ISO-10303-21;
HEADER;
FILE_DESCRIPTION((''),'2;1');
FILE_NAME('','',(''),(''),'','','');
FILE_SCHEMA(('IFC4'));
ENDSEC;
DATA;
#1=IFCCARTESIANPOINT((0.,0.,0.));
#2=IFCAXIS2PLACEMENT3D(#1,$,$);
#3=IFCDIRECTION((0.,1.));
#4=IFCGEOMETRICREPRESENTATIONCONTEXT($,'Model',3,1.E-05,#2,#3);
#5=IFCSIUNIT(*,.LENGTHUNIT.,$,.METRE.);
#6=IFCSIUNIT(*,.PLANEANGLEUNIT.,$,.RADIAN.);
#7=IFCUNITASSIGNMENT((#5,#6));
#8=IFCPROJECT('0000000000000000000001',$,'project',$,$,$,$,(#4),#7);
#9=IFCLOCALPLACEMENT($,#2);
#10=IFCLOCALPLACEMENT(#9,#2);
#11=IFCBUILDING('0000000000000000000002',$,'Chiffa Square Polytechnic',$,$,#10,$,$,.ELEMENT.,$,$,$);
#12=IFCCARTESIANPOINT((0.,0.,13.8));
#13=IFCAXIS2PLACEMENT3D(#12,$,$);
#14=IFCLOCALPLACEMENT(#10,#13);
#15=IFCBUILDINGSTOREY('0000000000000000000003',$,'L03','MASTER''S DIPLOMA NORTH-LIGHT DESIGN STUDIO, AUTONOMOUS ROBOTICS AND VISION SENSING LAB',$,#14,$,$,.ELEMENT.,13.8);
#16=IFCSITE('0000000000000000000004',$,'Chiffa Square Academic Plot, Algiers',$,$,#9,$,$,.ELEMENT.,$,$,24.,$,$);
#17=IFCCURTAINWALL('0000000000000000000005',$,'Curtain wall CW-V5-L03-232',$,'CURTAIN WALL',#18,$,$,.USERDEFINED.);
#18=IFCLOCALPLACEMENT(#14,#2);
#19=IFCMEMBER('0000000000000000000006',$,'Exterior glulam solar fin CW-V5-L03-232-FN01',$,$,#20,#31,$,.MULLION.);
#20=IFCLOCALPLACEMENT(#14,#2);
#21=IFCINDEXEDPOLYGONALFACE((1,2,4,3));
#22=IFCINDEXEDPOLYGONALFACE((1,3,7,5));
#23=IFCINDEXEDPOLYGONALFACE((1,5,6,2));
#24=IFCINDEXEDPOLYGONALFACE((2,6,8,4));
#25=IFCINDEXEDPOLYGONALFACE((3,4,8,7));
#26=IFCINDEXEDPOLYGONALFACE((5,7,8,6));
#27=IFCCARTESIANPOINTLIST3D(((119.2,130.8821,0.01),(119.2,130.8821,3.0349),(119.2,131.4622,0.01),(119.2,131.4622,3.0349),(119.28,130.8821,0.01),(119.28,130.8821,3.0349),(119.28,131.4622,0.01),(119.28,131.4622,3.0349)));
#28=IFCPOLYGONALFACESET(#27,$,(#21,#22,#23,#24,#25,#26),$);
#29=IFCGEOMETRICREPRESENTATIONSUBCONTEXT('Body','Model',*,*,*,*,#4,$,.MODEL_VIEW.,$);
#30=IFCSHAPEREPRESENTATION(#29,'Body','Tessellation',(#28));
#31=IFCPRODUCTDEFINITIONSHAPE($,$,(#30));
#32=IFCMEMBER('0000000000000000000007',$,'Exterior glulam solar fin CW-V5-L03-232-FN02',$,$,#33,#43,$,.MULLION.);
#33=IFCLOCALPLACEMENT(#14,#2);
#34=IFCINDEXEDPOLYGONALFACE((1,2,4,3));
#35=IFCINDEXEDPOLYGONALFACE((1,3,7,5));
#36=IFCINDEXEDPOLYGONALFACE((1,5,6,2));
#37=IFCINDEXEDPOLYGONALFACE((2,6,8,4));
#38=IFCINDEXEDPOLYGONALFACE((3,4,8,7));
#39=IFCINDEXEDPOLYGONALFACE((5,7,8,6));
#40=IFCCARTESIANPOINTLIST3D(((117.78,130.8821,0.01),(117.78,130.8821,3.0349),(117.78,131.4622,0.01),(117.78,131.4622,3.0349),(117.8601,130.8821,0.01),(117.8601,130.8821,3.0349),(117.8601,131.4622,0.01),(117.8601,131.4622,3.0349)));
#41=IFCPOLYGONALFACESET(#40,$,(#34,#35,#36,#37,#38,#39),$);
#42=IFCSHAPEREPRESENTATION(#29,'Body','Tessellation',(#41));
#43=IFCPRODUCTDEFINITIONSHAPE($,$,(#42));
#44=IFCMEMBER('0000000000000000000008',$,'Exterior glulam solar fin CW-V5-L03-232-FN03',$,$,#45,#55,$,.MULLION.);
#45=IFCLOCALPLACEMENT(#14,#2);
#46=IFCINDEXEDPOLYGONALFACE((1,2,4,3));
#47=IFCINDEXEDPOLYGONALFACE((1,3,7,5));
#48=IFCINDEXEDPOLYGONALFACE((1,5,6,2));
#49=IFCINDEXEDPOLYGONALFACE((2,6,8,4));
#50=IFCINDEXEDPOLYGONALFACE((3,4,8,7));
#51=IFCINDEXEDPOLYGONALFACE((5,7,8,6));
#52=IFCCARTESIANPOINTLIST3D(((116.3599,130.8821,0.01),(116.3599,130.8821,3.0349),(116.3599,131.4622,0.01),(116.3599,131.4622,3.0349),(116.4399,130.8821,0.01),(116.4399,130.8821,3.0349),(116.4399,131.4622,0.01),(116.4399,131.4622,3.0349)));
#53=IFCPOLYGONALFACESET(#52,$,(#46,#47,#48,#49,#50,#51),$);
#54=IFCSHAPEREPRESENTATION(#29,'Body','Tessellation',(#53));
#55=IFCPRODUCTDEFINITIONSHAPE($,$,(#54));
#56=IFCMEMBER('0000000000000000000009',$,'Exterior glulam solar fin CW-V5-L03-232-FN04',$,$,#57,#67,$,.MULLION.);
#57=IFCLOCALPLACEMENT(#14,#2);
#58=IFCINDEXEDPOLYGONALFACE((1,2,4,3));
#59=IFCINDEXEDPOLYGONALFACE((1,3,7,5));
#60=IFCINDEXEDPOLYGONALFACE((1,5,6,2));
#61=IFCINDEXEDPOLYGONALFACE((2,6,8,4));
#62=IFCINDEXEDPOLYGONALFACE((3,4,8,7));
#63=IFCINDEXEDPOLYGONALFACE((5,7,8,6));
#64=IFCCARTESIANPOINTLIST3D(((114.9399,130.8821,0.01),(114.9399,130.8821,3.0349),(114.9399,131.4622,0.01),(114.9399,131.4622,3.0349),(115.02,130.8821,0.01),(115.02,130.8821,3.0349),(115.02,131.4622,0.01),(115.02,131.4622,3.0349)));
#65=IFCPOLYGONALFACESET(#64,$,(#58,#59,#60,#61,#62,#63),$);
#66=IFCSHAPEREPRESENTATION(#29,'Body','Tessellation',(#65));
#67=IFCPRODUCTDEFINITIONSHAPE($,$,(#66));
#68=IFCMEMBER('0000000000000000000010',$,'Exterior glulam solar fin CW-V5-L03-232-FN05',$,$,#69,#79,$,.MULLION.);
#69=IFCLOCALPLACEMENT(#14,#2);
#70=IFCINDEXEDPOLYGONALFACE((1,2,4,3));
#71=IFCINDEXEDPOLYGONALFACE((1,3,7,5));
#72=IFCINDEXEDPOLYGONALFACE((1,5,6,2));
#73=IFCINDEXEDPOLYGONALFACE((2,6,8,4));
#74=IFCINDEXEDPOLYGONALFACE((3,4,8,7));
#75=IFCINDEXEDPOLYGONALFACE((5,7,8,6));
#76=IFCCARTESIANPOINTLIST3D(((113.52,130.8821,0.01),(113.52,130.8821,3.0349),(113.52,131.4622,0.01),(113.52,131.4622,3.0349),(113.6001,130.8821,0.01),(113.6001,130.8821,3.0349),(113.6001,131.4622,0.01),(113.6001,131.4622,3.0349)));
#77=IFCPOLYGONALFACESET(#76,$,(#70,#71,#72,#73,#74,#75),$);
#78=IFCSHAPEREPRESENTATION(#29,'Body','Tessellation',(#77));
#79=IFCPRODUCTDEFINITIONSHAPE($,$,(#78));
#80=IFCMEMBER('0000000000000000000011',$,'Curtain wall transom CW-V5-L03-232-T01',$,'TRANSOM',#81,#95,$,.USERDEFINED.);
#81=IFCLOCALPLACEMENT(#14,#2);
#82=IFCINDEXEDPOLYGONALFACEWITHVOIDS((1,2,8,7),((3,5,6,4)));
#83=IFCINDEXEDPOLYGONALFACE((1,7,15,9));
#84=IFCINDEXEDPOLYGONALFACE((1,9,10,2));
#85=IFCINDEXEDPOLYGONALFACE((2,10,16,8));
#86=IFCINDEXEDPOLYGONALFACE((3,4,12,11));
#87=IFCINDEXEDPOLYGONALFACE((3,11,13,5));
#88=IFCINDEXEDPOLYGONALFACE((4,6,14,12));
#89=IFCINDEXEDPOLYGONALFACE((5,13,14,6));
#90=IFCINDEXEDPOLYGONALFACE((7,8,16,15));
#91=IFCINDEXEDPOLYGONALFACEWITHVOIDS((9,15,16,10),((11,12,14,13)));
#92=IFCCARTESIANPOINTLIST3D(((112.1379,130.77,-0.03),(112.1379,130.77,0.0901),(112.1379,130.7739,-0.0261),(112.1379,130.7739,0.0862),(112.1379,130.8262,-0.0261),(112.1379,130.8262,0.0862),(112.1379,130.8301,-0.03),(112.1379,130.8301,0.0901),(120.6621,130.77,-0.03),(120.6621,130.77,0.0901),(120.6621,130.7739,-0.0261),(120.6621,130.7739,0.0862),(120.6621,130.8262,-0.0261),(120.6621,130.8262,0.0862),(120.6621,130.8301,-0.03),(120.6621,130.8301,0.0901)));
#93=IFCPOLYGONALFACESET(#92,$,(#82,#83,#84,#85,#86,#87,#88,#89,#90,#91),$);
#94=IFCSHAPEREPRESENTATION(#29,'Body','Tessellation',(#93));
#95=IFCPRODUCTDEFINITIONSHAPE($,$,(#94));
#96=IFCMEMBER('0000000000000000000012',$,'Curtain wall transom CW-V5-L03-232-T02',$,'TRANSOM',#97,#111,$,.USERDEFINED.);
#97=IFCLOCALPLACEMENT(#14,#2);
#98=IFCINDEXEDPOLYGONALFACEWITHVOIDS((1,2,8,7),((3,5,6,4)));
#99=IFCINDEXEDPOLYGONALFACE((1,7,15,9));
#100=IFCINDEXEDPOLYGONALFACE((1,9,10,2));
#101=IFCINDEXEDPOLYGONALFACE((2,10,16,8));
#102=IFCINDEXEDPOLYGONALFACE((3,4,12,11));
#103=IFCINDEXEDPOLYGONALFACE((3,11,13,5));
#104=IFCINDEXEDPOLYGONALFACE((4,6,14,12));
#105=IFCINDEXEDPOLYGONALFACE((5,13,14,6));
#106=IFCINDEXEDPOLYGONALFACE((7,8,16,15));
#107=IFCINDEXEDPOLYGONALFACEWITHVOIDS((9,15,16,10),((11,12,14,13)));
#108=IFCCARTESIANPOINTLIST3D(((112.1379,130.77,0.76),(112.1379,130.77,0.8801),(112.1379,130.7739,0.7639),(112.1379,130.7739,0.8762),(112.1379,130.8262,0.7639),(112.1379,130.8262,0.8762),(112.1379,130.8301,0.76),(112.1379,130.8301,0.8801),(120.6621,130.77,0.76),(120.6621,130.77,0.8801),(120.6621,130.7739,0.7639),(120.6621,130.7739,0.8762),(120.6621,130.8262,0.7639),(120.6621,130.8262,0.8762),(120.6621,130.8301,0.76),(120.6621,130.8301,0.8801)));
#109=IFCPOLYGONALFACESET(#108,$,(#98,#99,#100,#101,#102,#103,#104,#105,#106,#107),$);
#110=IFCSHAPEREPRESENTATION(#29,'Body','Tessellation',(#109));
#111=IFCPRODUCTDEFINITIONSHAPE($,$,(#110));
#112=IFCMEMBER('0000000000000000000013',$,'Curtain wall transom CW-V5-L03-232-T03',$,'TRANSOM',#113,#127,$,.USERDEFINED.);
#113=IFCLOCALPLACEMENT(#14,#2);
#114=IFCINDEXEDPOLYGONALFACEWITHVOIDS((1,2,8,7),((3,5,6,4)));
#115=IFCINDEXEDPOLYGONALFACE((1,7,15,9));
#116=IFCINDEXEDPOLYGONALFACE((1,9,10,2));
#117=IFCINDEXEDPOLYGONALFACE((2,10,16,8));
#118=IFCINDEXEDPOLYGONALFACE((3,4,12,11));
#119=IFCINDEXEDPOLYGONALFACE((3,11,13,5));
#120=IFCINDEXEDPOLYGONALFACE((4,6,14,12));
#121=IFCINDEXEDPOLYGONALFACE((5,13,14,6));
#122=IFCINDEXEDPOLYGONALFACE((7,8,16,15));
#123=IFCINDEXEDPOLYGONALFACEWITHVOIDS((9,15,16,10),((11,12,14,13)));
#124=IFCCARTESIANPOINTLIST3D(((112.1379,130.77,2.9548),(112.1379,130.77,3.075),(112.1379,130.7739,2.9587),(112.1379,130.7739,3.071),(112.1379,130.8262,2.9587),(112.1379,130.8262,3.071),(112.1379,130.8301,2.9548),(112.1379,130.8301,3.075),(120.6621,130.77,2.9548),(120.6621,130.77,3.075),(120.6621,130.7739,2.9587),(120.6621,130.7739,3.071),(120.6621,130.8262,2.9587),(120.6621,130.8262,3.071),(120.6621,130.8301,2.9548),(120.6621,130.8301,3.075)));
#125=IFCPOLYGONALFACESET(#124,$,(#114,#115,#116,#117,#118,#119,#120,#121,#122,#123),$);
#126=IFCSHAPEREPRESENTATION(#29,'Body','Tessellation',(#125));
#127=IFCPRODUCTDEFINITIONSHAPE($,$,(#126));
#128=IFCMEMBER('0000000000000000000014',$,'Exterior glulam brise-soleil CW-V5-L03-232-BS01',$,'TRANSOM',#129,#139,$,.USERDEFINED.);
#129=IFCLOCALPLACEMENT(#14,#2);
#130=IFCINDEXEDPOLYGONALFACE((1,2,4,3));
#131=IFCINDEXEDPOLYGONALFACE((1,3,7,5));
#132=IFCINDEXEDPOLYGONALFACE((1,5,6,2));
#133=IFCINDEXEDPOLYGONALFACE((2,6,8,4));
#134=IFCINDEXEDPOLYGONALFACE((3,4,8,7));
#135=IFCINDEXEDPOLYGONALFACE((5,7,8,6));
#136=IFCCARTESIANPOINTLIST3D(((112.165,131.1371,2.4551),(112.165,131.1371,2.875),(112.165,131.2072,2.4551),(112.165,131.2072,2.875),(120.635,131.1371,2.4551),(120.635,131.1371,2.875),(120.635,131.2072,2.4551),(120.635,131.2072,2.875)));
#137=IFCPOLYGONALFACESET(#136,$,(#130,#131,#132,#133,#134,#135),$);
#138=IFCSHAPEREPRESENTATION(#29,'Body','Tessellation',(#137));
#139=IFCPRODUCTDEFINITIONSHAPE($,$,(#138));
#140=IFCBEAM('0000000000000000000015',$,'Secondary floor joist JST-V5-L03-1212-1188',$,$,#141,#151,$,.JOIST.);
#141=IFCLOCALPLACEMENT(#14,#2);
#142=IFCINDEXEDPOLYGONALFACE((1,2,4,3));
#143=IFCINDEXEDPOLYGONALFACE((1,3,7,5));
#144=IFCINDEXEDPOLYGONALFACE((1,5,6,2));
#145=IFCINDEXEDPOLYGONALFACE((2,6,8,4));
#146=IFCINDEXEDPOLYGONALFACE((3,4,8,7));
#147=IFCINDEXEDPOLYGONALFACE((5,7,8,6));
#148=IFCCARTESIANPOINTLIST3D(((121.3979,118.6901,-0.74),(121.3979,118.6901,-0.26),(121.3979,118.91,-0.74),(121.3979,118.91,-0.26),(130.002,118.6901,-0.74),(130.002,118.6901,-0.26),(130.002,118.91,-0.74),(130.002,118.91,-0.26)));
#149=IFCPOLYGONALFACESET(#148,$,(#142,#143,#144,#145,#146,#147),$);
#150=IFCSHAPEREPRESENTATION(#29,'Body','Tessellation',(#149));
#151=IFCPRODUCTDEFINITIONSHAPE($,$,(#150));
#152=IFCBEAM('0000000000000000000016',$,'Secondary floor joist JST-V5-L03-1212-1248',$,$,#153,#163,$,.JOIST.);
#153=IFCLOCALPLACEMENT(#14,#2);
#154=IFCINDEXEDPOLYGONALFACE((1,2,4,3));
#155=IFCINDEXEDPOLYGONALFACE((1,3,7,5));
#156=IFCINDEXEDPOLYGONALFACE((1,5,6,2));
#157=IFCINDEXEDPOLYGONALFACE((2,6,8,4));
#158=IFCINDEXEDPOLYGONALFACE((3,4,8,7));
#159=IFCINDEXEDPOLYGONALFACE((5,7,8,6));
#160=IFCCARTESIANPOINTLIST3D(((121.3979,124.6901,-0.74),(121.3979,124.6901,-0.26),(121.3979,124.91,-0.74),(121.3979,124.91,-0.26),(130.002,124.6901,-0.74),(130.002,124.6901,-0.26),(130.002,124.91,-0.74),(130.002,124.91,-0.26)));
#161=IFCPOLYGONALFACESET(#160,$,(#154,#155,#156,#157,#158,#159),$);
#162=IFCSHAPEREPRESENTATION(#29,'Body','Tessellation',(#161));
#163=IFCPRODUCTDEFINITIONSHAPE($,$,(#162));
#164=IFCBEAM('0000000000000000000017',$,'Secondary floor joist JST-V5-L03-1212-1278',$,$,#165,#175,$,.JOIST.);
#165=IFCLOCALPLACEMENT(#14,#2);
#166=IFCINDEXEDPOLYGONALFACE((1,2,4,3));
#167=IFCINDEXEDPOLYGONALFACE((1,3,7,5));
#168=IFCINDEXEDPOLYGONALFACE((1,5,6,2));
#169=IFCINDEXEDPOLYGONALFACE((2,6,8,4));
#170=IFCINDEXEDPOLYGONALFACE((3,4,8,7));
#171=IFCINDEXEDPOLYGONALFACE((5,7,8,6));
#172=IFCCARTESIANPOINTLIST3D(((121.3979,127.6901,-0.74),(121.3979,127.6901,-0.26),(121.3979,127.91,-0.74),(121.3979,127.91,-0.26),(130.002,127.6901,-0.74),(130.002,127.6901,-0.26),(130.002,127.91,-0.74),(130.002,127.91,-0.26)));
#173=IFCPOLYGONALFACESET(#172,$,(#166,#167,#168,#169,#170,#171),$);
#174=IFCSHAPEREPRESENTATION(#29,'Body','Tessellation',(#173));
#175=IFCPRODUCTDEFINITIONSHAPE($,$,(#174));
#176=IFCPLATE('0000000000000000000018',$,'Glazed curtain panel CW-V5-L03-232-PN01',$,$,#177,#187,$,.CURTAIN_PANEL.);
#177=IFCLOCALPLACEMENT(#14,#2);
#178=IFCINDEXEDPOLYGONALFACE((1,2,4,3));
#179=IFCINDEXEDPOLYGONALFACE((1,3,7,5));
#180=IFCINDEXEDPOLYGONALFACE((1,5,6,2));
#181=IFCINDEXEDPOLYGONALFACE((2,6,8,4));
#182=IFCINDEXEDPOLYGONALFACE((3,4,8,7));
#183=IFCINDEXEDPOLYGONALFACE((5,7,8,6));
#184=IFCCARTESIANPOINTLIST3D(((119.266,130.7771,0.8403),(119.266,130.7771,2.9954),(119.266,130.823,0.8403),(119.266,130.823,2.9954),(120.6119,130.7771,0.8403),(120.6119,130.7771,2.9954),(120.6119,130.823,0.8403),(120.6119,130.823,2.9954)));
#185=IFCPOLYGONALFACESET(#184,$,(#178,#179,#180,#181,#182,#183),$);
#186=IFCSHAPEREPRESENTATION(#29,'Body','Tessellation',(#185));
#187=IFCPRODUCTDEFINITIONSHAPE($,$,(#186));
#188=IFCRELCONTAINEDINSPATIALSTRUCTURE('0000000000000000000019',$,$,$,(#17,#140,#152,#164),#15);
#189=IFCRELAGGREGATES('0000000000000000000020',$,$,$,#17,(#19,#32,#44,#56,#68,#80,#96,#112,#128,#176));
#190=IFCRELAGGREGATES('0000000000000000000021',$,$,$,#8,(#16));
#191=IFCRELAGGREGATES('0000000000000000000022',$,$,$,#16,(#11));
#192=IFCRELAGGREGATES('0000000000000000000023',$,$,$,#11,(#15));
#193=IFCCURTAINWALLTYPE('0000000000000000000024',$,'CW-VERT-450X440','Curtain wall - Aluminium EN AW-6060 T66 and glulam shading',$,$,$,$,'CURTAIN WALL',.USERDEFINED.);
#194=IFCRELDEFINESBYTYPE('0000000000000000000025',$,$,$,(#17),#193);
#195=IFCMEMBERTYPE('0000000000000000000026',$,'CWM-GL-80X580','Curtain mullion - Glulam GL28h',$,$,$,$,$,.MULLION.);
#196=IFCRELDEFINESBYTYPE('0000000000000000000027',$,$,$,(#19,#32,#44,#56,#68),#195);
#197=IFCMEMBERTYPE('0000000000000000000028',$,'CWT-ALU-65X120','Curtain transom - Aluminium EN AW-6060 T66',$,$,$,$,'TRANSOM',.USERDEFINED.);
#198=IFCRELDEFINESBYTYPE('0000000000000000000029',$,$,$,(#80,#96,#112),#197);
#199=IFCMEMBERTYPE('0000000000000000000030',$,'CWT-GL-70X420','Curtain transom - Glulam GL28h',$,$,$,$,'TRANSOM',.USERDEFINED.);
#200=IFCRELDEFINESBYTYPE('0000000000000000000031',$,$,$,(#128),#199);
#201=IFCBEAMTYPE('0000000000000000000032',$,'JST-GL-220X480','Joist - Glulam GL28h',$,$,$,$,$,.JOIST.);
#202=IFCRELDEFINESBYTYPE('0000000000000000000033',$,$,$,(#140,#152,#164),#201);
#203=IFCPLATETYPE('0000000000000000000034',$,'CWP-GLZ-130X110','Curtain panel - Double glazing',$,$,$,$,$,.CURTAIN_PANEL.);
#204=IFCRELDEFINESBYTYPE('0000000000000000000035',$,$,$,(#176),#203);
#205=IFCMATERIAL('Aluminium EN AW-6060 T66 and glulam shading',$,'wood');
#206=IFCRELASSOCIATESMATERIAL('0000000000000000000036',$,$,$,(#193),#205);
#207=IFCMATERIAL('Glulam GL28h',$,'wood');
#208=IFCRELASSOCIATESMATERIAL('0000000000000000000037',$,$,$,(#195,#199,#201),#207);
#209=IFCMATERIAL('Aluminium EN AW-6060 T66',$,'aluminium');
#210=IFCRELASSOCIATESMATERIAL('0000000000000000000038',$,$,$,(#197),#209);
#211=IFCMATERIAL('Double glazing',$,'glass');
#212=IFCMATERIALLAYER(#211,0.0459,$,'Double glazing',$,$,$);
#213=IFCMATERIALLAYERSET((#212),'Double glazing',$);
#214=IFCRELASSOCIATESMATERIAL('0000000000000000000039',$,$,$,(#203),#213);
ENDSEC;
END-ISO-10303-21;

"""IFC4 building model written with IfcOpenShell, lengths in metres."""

from ifc_helpers import new_model, si_unit, direction, frame, origin, origin_2d, place, context, subcontext, project, spatial, rectangle, hollow_rectangle, extrude, material, layer, layer_set, material_profile, profile_set, type_object, element, aggregate, save


model = new_model("IFC4")

# Units and contexts
model_context = context("Model", 3, precision=1e-05, world=origin(), true_north=direction((0.0, 1.0)))
body_context = subcontext(model_context, "Body", "Model", "MODEL_VIEW")
ifc_project = project(units=[si_unit("LENGTHUNIT", "METRE"), si_unit("PLANEANGLEUNIT", "RADIAN")], contexts=[model_context])

# Site, building, storey
site_placement = place(None, origin())
site = spatial("IfcSite", under=ifc_project, at=site_placement, Name="Chiffa Square Academic Plot, Algiers", CompositionType="ELEMENT", RefElevation=24.0)
building_placement = place(site_placement, origin())
building = spatial("IfcBuilding", under=site, at=building_placement, Name="Chiffa Square Polytechnic", CompositionType="ELEMENT")
storey_placement = place(building_placement, frame((0.0, 0.0, 13.8)))
storey = spatial("IfcBuildingStorey", under=building, at=storey_placement, Name="L03", Description="MASTER'S DIPLOMA NORTH-LIGHT DESIGN STUDIO, AUTONOMOUS ROBOTICS AND VISION SENSING LAB", CompositionType="ELEMENT", Elevation=13.8)

# Curtain wall, members
ifc_material_1 = material(Name="Aluminium EN AW-6060 T66 and glulam shading", Category="wood")
curtain_wall_type = type_object("IfcCurtainWallType", Name="CW-VERT-450X440", Description="Curtain wall - Aluminium EN AW-6060 T66 and glulam shading", ElementType="CURTAIN WALL", PredefinedType="USERDEFINED", material=ifc_material_1)
curtain_wall_placement = place(storey_placement, origin())
curtain_wall = element("IfcCurtainWall", 1, at=curtain_wall_placement, inside=storey, type_object=curtain_wall_type, Name="Curtain wall CW-V5-L03-232", ObjectType="CURTAIN WALL", PredefinedType="USERDEFINED")
ifc_material_2 = material(Name="Aluminium EN AW-6060 T66", Category="aluminium")
ifc_material_3 = material(Name="Glulam GL28h", Category="wood")
ifc_material_profile_1 = material_profile(ifc_material_3, rectangle(XDim=0.0801, YDim=0.5801, at=origin_2d()), Name="GL28h 80x580")
ifc_profile_set_1 = profile_set([ifc_material_profile_1], Name="Glulam GL28h")
member_type_1 = type_object("IfcMemberType", Name="CWM-GL-80X580", Description="Curtain mullion - Glulam GL28h", PredefinedType="MULLION", material=ifc_profile_set_1)
member_1_placement = place(storey_placement, frame((119.24, 131.1721, 0.01), z_axis=(0.0, 0.0, 1.0), x_axis=(-1.0, 0.0, 0.0)))
member_1 = element("IfcMember", 2, at=member_1_placement, type_object=member_type_1, Name="Exterior glulam solar fin CW-V5-L03-232-FN01", PredefinedType="MULLION", context=body_context, shape_type="SweptSolid", body=[
    extrude(rectangle(XDim=0.0801, YDim=0.5801, at=origin_2d()), origin(), (0.0, 0.0, 1.0), 3.0249),
])
member_2_placement = place(storey_placement, frame((117.8201, 131.1721, 0.01), z_axis=(0.0, 0.0, 1.0), x_axis=(-1.0, 0.0, 0.0)))
member_2 = element("IfcMember", 3, at=member_2_placement, type_object=member_type_1, Name="Exterior glulam solar fin CW-V5-L03-232-FN02", PredefinedType="MULLION", context=body_context, shape_type="SweptSolid", body=[
    extrude(rectangle(XDim=0.0801, YDim=0.5801, at=origin_2d()), origin(), (0.0, 0.0, 1.0), 3.0249),
])
member_3_placement = place(storey_placement, frame((116.3999, 131.1721, 0.01), z_axis=(0.0, 0.0, 1.0), x_axis=(-1.0, 0.0, 0.0)))
member_3 = element("IfcMember", 4, at=member_3_placement, type_object=member_type_1, Name="Exterior glulam solar fin CW-V5-L03-232-FN03", PredefinedType="MULLION", context=body_context, shape_type="SweptSolid", body=[
    extrude(rectangle(XDim=0.0801, YDim=0.5801, at=origin_2d()), origin(), (0.0, 0.0, 1.0), 3.0249),
])
member_4_placement = place(storey_placement, frame((114.98, 131.1721, 0.01), z_axis=(0.0, 0.0, 1.0), x_axis=(-1.0, 0.0, 0.0)))
member_4 = element("IfcMember", 5, at=member_4_placement, type_object=member_type_1, Name="Exterior glulam solar fin CW-V5-L03-232-FN04", PredefinedType="MULLION", context=body_context, shape_type="SweptSolid", body=[
    extrude(rectangle(XDim=0.0801, YDim=0.5801, at=origin_2d()), origin(), (0.0, 0.0, 1.0), 3.0249),
])
member_5_placement = place(storey_placement, frame((113.5601, 131.1721, 0.01), z_axis=(0.0, 0.0, 1.0), x_axis=(-1.0, 0.0, 0.0)))
member_5 = element("IfcMember", 6, at=member_5_placement, type_object=member_type_1, Name="Exterior glulam solar fin CW-V5-L03-232-FN05", PredefinedType="MULLION", context=body_context, shape_type="SweptSolid", body=[
    extrude(rectangle(XDim=0.0801, YDim=0.5801, at=origin_2d()), origin(), (0.0, 0.0, 1.0), 3.0249),
])
ifc_material_profile_2 = material_profile(ifc_material_2, hollow_rectangle(XDim=0.0601, YDim=0.1201, WallThickness=0.0039, at=origin_2d()), Name="ALU 60x120x4")
ifc_profile_set_2 = profile_set([ifc_material_profile_2], Name="Aluminium EN AW-6060 T66")
member_type_2 = type_object("IfcMemberType", Name="CWT-ALU-65X120", Description="Curtain transom - Aluminium EN AW-6060 T66", ElementType="TRANSOM", PredefinedType="USERDEFINED", material=ifc_profile_set_2)
member_6_placement = place(storey_placement, frame((120.6621, 130.8, 0.03), z_axis=(-1.0, 0.0, 0.0), x_axis=(0.0, -1.0, 0.0)))
member_6 = element("IfcMember", 7, at=member_6_placement, type_object=member_type_2, Name="Curtain wall transom CW-V5-L03-232-T01", ObjectType="TRANSOM", PredefinedType="USERDEFINED", context=body_context, shape_type="SweptSolid", body=[
    extrude(hollow_rectangle(XDim=0.0601, YDim=0.1201, WallThickness=0.0039, at=origin_2d()), origin(), (0.0, 0.0, 1.0), 8.5242),
])
member_7_placement = place(storey_placement, frame((120.6621, 130.8, 0.8201), z_axis=(-1.0, 0.0, 0.0), x_axis=(0.0, -1.0, 0.0)))
member_7 = element("IfcMember", 8, at=member_7_placement, type_object=member_type_2, Name="Curtain wall transom CW-V5-L03-232-T02", ObjectType="TRANSOM", PredefinedType="USERDEFINED", context=body_context, shape_type="SweptSolid", body=[
    extrude(hollow_rectangle(XDim=0.0601, YDim=0.1201, WallThickness=0.0039, at=origin_2d()), origin(), (0.0, 0.0, 1.0), 8.5242),
])
member_8_placement = place(storey_placement, frame((120.6621, 130.8, 3.0149), z_axis=(-1.0, 0.0, 0.0), x_axis=(0.0, -1.0, 0.0)))
member_8 = element("IfcMember", 9, at=member_8_placement, type_object=member_type_2, Name="Curtain wall transom CW-V5-L03-232-T03", ObjectType="TRANSOM", PredefinedType="USERDEFINED", context=body_context, shape_type="SweptSolid", body=[
    extrude(hollow_rectangle(XDim=0.0601, YDim=0.1201, WallThickness=0.0039, at=origin_2d()), origin(), (0.0, 0.0, 1.0), 8.5242),
])
ifc_material_profile_3 = material_profile(ifc_material_3, rectangle(XDim=0.0701, YDim=0.4199, at=origin_2d()), Name="GL28h 70x420")
ifc_profile_set_3 = profile_set([ifc_material_profile_3], Name="Glulam GL28h")
member_type_3 = type_object("IfcMemberType", Name="CWT-GL-70X420", Description="Curtain transom - Glulam GL28h", ElementType="TRANSOM", PredefinedType="USERDEFINED", material=ifc_profile_set_3)
member_9_placement = place(storey_placement, frame((120.635, 131.1721, 2.665), z_axis=(-1.0, 0.0, 0.0), x_axis=(0.0, -1.0, 0.0)))
member_9 = element("IfcMember", 10, at=member_9_placement, type_object=member_type_3, Name="Exterior glulam brise-soleil CW-V5-L03-232-BS01", ObjectType="TRANSOM", PredefinedType="USERDEFINED", context=body_context, shape_type="SweptSolid", body=[
    extrude(rectangle(XDim=0.0701, YDim=0.4199, at=origin_2d()), origin(), (0.0, 0.0, 1.0), 8.47),
])

# Beams
ifc_material_profile_4 = material_profile(ifc_material_3, rectangle(XDim=0.22, YDim=0.48, at=origin_2d()), Name="GL28h 220x480")
ifc_profile_set_4 = profile_set([ifc_material_profile_4], Name="Glulam GL28h")
beam_type_1 = type_object("IfcBeamType", Name="JST-GL-220X480", Description="Joist - Glulam GL28h", PredefinedType="JOIST", material=ifc_profile_set_4)
for number, where, z_axis, x_axis, name in (
    (11, (121.3979, 118.8, -0.5), (1.0, 0.0, 0.0), (0.0, 1.0, 0.0), "Secondary floor joist JST-V5-L03-1212-1188"),
    (12, (121.3979, 124.8, -0.5), (1.0, 0.0, 0.0), (0.0, 1.0, 0.0), "Secondary floor joist JST-V5-L03-1212-1248"),
    (13, (121.3979, 127.8, -0.5), (1.0, 0.0, 0.0), (0.0, 1.0, 0.0), "Secondary floor joist JST-V5-L03-1212-1278"),
):
    element("IfcBeam", number, at=place(storey_placement, frame(where, z_axis=z_axis, x_axis=x_axis)), inside=storey, type_object=beam_type_1, Name=name, PredefinedType="JOIST", context=body_context, shape_type="SweptSolid", body=[
        extrude(rectangle(XDim=0.22, YDim=0.48, at=origin_2d()), origin(), (0.0, 0.0, 1.0), 8.604),
    ])

# Plate
ifc_material_4 = material(Name="Double glazing", Category="glass")
ifc_layer_1 = layer(ifc_material_4, 0.0459, Name="Double glazing")
ifc_layer_set_1 = layer_set([ifc_layer_1], Name="Double glazing")
plate_type_1 = type_object("IfcPlateType", Name="CWP-GLZ-130X110", Description="Curtain panel - Double glazing", PredefinedType="CURTAIN_PANEL", material=ifc_layer_set_1)
plate_1_placement = place(storey_placement, frame((119.939, 130.8, 0.8403), z_axis=(0.0, 0.0, 1.0), x_axis=(-1.0, 0.0, 0.0)))
plate_1 = element("IfcPlate", 14, at=plate_1_placement, type_object=plate_type_1, Name="Glazed curtain panel CW-V5-L03-232-PN01", PredefinedType="CURTAIN_PANEL", context=body_context, shape_type="SweptSolid", body=[
    extrude(rectangle(XDim=1.3459, YDim=0.0459, at=origin_2d()), origin(), (0.0, 0.0, 1.0), 2.155),
])
aggregate(curtain_wall, [member_1, member_2, member_3, member_4, member_5, member_6, member_7, member_8, member_9, plate_1])

save(model, "model.ifc")
